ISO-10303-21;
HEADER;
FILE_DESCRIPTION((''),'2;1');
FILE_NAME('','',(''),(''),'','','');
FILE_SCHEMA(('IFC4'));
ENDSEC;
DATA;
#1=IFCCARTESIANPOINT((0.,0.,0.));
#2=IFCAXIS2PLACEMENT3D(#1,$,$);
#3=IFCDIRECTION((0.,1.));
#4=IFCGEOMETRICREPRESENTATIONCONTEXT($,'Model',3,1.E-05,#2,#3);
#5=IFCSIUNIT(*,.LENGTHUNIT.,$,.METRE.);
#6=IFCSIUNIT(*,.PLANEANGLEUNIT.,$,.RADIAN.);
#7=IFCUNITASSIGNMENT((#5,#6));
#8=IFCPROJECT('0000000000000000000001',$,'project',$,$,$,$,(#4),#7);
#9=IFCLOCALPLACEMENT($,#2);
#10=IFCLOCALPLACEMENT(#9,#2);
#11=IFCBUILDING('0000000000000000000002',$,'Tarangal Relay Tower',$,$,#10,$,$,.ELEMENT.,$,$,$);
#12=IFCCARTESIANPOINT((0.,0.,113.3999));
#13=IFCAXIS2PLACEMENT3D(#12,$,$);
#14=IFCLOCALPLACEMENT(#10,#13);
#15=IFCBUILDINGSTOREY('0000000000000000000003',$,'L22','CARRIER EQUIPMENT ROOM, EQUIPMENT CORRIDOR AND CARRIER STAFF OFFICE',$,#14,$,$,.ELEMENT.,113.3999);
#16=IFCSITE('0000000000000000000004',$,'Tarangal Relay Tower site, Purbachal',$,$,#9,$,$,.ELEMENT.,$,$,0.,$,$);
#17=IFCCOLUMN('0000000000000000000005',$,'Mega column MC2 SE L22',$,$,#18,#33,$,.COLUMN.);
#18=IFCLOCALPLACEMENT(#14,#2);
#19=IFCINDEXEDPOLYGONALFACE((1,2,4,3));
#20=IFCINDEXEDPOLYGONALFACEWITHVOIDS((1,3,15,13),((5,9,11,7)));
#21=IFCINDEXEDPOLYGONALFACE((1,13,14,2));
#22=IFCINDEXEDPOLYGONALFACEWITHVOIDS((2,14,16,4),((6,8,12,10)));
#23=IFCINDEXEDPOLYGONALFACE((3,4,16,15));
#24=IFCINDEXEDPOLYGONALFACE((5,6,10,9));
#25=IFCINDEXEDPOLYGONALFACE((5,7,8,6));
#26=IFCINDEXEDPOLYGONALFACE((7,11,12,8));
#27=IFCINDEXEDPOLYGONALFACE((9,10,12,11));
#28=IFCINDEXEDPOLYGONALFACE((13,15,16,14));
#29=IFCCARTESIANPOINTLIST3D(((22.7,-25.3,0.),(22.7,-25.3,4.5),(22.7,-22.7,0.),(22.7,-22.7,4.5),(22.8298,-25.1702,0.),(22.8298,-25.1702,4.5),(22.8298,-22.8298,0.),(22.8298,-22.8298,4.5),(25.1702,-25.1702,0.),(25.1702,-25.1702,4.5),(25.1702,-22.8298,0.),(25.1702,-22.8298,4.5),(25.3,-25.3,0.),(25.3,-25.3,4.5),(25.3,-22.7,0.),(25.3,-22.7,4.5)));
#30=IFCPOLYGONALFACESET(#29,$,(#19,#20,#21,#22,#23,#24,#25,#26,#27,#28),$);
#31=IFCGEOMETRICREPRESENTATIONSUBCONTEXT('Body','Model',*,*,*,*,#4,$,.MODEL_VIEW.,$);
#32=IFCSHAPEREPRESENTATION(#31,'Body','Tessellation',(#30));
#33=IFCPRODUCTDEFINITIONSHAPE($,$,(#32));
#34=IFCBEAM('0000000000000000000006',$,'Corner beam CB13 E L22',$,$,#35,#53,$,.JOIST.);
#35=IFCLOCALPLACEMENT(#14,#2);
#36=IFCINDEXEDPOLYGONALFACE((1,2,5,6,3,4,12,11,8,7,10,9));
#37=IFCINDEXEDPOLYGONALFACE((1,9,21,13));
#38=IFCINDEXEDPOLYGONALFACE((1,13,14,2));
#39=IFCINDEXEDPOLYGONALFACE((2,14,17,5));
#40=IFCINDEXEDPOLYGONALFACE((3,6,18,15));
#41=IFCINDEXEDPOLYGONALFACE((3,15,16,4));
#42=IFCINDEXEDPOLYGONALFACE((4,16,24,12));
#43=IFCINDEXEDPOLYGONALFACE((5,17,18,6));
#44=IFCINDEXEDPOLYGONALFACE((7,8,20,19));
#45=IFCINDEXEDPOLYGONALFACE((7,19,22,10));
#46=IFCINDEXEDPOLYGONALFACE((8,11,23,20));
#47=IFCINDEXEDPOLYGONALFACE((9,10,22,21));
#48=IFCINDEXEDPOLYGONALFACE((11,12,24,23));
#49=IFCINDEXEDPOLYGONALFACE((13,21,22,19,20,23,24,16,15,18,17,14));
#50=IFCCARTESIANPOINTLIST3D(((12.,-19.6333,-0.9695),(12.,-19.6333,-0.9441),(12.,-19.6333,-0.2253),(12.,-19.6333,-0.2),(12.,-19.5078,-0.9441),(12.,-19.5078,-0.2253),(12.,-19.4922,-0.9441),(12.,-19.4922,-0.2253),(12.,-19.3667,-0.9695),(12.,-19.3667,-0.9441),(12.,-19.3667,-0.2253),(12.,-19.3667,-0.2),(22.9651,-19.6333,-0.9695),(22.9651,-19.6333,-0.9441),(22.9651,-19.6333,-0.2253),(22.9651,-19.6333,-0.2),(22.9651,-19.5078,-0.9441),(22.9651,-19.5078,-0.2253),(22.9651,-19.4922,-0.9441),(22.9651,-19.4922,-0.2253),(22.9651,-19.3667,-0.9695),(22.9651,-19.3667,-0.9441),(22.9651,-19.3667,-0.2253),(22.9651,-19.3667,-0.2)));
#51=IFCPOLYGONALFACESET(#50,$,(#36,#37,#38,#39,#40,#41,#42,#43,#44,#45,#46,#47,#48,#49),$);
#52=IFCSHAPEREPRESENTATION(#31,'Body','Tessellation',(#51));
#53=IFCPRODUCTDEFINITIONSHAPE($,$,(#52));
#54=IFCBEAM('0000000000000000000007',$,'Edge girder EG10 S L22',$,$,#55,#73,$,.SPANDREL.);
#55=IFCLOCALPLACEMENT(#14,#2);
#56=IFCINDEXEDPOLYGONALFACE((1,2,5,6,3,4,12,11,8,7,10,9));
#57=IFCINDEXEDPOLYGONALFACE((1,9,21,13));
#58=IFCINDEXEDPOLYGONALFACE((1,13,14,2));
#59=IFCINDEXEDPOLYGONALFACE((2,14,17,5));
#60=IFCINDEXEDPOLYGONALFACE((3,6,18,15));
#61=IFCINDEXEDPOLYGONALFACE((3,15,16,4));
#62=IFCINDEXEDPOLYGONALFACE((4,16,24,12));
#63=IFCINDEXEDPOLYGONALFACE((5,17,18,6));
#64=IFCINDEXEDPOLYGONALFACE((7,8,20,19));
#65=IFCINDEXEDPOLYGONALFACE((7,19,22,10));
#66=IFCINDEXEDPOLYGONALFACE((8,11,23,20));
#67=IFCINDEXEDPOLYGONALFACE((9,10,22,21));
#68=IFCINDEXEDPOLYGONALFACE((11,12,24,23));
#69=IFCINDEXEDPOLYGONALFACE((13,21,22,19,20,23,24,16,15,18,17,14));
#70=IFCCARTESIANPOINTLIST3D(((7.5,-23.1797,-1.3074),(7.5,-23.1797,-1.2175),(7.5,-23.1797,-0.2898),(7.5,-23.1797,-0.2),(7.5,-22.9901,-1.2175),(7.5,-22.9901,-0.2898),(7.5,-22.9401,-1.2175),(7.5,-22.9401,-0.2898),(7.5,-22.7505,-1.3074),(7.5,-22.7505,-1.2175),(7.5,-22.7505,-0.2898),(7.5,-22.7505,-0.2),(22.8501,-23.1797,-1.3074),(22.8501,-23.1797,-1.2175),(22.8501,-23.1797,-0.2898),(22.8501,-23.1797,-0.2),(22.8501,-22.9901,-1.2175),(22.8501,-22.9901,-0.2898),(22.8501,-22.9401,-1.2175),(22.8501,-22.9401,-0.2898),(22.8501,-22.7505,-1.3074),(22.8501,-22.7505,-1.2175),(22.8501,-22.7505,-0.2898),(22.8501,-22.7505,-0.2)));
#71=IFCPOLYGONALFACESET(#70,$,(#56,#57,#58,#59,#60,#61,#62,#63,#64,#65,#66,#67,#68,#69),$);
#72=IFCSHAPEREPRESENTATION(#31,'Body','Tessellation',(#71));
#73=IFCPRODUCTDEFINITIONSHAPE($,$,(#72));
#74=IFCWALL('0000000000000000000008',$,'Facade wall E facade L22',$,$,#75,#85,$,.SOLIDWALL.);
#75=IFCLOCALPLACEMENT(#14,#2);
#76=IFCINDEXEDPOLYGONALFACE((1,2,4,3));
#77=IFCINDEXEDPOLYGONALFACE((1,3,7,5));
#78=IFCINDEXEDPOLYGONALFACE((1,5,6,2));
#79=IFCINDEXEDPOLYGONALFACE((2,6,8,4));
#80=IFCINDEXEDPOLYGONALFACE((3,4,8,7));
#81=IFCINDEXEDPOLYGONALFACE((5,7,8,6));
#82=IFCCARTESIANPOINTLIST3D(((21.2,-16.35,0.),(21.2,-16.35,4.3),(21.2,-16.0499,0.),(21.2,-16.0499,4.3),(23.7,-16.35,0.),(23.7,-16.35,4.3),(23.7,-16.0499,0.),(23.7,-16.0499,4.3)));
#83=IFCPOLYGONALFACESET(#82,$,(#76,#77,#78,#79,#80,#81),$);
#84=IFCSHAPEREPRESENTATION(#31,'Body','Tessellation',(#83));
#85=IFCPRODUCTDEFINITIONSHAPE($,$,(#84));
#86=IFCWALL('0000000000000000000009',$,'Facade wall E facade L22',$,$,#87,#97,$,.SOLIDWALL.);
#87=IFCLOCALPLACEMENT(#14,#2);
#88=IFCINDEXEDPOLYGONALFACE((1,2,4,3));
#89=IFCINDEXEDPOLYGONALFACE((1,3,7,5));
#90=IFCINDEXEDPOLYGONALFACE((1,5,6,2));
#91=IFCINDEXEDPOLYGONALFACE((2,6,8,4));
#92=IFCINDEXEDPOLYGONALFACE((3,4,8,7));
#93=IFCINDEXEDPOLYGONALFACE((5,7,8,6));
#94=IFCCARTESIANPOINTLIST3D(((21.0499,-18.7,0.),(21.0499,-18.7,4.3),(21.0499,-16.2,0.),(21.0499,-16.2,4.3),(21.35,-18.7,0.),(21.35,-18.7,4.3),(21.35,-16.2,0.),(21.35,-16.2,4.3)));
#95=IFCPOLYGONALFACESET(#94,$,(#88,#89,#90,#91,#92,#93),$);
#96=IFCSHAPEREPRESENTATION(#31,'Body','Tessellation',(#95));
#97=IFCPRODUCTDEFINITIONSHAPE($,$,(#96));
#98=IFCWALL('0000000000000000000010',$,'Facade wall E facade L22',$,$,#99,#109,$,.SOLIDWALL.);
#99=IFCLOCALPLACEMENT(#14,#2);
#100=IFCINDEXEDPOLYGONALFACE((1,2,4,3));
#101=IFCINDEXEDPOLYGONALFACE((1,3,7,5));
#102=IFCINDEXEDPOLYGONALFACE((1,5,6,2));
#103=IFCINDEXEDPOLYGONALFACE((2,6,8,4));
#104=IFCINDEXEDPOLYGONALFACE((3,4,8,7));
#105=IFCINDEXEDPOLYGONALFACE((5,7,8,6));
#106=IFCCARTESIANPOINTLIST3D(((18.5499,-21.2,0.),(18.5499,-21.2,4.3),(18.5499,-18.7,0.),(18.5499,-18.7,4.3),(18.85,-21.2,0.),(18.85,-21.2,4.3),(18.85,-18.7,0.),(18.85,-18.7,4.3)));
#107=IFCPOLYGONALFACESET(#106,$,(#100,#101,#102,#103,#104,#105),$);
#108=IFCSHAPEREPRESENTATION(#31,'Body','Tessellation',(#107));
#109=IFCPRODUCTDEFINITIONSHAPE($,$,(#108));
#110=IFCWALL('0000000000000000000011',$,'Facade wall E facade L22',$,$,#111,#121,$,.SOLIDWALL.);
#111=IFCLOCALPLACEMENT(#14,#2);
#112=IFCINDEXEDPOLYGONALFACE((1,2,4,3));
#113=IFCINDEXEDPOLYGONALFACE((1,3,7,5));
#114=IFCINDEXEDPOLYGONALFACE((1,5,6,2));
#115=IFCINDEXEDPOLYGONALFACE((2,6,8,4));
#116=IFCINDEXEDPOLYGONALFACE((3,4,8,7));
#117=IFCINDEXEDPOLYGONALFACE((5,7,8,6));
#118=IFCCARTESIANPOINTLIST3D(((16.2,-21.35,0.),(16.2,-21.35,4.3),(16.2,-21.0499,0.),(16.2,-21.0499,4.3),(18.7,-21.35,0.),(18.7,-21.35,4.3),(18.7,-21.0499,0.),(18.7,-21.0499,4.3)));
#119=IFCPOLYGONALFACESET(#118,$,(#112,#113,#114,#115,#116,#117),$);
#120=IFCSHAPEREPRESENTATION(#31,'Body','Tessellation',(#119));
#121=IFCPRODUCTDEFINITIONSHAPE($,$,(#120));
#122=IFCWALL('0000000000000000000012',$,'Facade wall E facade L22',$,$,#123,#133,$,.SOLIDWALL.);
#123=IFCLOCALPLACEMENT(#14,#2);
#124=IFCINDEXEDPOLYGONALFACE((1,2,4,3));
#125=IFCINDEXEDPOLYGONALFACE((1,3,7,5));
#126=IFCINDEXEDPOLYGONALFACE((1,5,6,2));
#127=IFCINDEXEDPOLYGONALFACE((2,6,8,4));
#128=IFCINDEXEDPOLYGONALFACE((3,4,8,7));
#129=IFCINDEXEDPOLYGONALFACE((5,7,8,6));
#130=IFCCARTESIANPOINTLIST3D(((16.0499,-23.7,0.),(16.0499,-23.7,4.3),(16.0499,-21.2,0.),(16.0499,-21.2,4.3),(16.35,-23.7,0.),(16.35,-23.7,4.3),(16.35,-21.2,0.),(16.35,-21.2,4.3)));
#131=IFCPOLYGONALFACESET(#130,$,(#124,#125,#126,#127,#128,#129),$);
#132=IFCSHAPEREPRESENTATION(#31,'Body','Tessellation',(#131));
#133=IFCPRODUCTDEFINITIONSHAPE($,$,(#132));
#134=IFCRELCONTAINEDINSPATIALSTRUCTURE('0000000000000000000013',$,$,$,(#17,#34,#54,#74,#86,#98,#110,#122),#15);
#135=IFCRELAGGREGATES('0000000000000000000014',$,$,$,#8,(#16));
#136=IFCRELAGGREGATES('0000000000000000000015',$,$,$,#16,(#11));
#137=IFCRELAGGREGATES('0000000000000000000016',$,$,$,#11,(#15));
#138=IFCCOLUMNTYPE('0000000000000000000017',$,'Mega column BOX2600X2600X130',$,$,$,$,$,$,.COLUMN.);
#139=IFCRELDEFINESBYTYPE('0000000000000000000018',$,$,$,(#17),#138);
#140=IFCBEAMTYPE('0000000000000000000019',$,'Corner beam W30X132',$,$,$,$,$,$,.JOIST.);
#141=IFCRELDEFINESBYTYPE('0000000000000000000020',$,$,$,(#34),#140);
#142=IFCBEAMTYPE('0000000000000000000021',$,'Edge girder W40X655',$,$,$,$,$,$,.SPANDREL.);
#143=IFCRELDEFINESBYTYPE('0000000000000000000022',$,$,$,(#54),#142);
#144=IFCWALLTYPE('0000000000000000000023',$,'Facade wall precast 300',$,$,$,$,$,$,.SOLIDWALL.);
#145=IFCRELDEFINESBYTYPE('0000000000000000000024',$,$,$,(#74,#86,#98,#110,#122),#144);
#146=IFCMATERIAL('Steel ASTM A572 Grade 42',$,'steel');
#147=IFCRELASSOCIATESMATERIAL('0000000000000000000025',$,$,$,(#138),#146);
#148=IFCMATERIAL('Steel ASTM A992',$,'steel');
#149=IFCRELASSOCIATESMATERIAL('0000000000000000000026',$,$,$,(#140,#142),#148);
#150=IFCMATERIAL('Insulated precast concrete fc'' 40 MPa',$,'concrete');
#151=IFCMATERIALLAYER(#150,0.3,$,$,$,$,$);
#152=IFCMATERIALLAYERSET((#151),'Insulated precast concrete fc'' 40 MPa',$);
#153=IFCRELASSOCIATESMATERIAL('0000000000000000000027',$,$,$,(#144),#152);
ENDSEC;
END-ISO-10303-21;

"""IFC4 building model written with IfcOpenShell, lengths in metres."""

from ifc_helpers import new_model, si_unit, direction, frame, frame_2d, origin, origin_2d, place, context, subcontext, project, spatial, rectangle, hollow_rectangle, i_section, extrude, material, layer, layer_set, material_profile, profile_set, type_object, element, save


model = new_model("IFC4")

# Units and contexts
model_context = context("Model", 3, precision=1e-05, world=origin(), true_north=direction((0.0, 1.0)))
body_context = subcontext(model_context, "Body", "Model", "MODEL_VIEW")
ifc_project = project(units=[si_unit("LENGTHUNIT", "METRE"), si_unit("PLANEANGLEUNIT", "RADIAN")], contexts=[model_context])

# Site, building, storey
site_placement = place(None, origin())
site = spatial("IfcSite", under=ifc_project, at=site_placement, Name="Tarangal Relay Tower site, Purbachal", CompositionType="ELEMENT", RefElevation=0.0)
building_placement = place(site_placement, origin())
building = spatial("IfcBuilding", under=site, at=building_placement, Name="Tarangal Relay Tower", CompositionType="ELEMENT")
storey_placement = place(building_placement, frame((0.0, 0.0, 113.3999)))
storey = spatial("IfcBuildingStorey", under=building, at=storey_placement, Name="L22", Description="CARRIER EQUIPMENT ROOM, EQUIPMENT CORRIDOR AND CARRIER STAFF OFFICE", CompositionType="ELEMENT", Elevation=113.3999)

# Column
ifc_material_1 = material(Name="Steel ASTM A572 Grade 42", Category="steel")
ifc_material_profile_1 = material_profile(ifc_material_1, hollow_rectangle(XDim=2.6001, YDim=2.6001, WallThickness=0.1299, at=origin_2d()), Name="BOX2600X2600X130")
ifc_profile_set_1 = profile_set([ifc_material_profile_1], Name="Steel ASTM A572 Grade 42")
column_type = type_object("IfcColumnType", Name="Mega column BOX2600X2600X130", PredefinedType="COLUMN", material=ifc_profile_set_1)
column_placement = place(storey_placement, frame((24.0, -24.0, 0.0), z_axis=(0.0, 0.0, 1.0), x_axis=(1.0, 0.0, 0.0)))
element("IfcColumn", 1, at=column_placement, inside=storey, type_object=column_type, Name="Mega column MC2 SE L22", PredefinedType="COLUMN", context=body_context, shape_type="SweptSolid", body=[
    extrude(hollow_rectangle(XDim=2.6001, YDim=2.6001, WallThickness=0.1299, at=origin_2d()), origin(), (0.0, 0.0, 1.0), 4.5),
])

# Beams
ifc_material_2 = material(Name="Steel ASTM A992", Category="steel")
ifc_material_profile_2 = material_profile(ifc_material_2, i_section(OverallWidth=0.2666, OverallDepth=0.7695, WebThickness=0.0156, FlangeThickness=0.0254, at=origin_2d()), Name="W30X132")
ifc_profile_set_2 = profile_set([ifc_material_profile_2], Name="Steel ASTM A992")
beam_type_1 = type_object("IfcBeamType", Name="Corner beam W30X132", PredefinedType="JOIST", material=ifc_profile_set_2)
beam_1_placement = place(storey_placement, frame((12.0, -19.5, -0.5847), z_axis=(1.0, 0.0, 0.0), x_axis=(0.0, 1.0, 0.0)))
element("IfcBeam", 2, at=beam_1_placement, inside=storey, type_object=beam_type_1, Name="Corner beam CB13 E L22", PredefinedType="JOIST", context=body_context, shape_type="SweptSolid", body=[
    extrude(i_section(OverallWidth=0.2666, OverallDepth=0.7695, WebThickness=0.0156, FlangeThickness=0.0254, at=origin_2d()), origin(), (0.0, 0.0, 1.0), 10.9651),
])
ifc_material_profile_3 = material_profile(ifc_material_2, i_section(OverallWidth=0.4292, OverallDepth=1.1074, WebThickness=0.05, FlangeThickness=0.0898, at=origin_2d()), Name="W40X655")
ifc_profile_set_3 = profile_set([ifc_material_profile_3], Name="Steel ASTM A992")
beam_type_2 = type_object("IfcBeamType", Name="Edge girder W40X655", PredefinedType="SPANDREL", material=ifc_profile_set_3)
beam_2_placement = place(storey_placement, frame((22.8501, -22.9651, -0.7537), z_axis=(-1.0, 0.0, 0.0), x_axis=(0.0, -1.0, 0.0)))
element("IfcBeam", 3, at=beam_2_placement, inside=storey, type_object=beam_type_2, Name="Edge girder EG10 S L22", PredefinedType="SPANDREL", context=body_context, shape_type="SweptSolid", body=[
    extrude(i_section(OverallWidth=0.4292, OverallDepth=1.1074, WebThickness=0.05, FlangeThickness=0.0898, at=origin_2d()), origin(), (0.0, 0.0, 1.0), 15.3501),
])

# Walls
ifc_material_3 = material(Name="Insulated precast concrete fc' 40 MPa", Category="concrete")
ifc_layer_1 = layer(ifc_material_3, 0.3)
ifc_layer_set_1 = layer_set([ifc_layer_1], Name="Insulated precast concrete fc' 40 MPa")
wall_type_1 = type_object("IfcWallType", Name="Facade wall precast 300", PredefinedType="SOLIDWALL", material=ifc_layer_set_1)
for number, where, z_axis, x_axis, name in (
    (4, (23.7, -16.2, 0.0), (0.0, 0.0, 1.0), (-1.0, 0.0, 0.0), "Facade wall E facade L22"),
    (5, (21.2, -16.2, 0.0), (0.0, 0.0, 1.0), (0.0, -1.0, 0.0), "Facade wall E facade L22"),
):
    element("IfcWall", number, at=place(storey_placement, frame(where, z_axis=z_axis, x_axis=x_axis)), inside=storey, type_object=wall_type_1, Name=name, PredefinedType="SOLIDWALL", context=body_context, shape_type="SweptSolid", body=[
        extrude(rectangle(XDim=2.5, YDim=0.3, at=frame_2d((1.25, 0.0))), origin(), (0.0, 0.0, 1.0), 4.3),
    ])

# Walls
for number, where, z_axis, x_axis, name in (
    (6, (18.7, -18.7, 0.0), (0.0, 0.0, 1.0), (0.0, -1.0, 0.0), "Facade wall E facade L22"),
    (7, (18.7, -21.2, 0.0), (0.0, 0.0, 1.0), (-1.0, 0.0, 0.0), "Facade wall E facade L22"),
    (8, (16.2, -21.2, 0.0), (0.0, 0.0, 1.0), (0.0, -1.0, 0.0), "Facade wall E facade L22"),
):
    element("IfcWall", number, at=place(storey_placement, frame(where, z_axis=z_axis, x_axis=x_axis)), inside=storey, type_object=wall_type_1, Name=name, PredefinedType="SOLIDWALL", context=body_context, shape_type="SweptSolid", body=[
        extrude(rectangle(XDim=2.5, YDim=0.3, at=frame_2d((1.25, 0.0))), origin(), (0.0, 0.0, 1.0), 4.3),
    ])

save(model, "model.ifc")
